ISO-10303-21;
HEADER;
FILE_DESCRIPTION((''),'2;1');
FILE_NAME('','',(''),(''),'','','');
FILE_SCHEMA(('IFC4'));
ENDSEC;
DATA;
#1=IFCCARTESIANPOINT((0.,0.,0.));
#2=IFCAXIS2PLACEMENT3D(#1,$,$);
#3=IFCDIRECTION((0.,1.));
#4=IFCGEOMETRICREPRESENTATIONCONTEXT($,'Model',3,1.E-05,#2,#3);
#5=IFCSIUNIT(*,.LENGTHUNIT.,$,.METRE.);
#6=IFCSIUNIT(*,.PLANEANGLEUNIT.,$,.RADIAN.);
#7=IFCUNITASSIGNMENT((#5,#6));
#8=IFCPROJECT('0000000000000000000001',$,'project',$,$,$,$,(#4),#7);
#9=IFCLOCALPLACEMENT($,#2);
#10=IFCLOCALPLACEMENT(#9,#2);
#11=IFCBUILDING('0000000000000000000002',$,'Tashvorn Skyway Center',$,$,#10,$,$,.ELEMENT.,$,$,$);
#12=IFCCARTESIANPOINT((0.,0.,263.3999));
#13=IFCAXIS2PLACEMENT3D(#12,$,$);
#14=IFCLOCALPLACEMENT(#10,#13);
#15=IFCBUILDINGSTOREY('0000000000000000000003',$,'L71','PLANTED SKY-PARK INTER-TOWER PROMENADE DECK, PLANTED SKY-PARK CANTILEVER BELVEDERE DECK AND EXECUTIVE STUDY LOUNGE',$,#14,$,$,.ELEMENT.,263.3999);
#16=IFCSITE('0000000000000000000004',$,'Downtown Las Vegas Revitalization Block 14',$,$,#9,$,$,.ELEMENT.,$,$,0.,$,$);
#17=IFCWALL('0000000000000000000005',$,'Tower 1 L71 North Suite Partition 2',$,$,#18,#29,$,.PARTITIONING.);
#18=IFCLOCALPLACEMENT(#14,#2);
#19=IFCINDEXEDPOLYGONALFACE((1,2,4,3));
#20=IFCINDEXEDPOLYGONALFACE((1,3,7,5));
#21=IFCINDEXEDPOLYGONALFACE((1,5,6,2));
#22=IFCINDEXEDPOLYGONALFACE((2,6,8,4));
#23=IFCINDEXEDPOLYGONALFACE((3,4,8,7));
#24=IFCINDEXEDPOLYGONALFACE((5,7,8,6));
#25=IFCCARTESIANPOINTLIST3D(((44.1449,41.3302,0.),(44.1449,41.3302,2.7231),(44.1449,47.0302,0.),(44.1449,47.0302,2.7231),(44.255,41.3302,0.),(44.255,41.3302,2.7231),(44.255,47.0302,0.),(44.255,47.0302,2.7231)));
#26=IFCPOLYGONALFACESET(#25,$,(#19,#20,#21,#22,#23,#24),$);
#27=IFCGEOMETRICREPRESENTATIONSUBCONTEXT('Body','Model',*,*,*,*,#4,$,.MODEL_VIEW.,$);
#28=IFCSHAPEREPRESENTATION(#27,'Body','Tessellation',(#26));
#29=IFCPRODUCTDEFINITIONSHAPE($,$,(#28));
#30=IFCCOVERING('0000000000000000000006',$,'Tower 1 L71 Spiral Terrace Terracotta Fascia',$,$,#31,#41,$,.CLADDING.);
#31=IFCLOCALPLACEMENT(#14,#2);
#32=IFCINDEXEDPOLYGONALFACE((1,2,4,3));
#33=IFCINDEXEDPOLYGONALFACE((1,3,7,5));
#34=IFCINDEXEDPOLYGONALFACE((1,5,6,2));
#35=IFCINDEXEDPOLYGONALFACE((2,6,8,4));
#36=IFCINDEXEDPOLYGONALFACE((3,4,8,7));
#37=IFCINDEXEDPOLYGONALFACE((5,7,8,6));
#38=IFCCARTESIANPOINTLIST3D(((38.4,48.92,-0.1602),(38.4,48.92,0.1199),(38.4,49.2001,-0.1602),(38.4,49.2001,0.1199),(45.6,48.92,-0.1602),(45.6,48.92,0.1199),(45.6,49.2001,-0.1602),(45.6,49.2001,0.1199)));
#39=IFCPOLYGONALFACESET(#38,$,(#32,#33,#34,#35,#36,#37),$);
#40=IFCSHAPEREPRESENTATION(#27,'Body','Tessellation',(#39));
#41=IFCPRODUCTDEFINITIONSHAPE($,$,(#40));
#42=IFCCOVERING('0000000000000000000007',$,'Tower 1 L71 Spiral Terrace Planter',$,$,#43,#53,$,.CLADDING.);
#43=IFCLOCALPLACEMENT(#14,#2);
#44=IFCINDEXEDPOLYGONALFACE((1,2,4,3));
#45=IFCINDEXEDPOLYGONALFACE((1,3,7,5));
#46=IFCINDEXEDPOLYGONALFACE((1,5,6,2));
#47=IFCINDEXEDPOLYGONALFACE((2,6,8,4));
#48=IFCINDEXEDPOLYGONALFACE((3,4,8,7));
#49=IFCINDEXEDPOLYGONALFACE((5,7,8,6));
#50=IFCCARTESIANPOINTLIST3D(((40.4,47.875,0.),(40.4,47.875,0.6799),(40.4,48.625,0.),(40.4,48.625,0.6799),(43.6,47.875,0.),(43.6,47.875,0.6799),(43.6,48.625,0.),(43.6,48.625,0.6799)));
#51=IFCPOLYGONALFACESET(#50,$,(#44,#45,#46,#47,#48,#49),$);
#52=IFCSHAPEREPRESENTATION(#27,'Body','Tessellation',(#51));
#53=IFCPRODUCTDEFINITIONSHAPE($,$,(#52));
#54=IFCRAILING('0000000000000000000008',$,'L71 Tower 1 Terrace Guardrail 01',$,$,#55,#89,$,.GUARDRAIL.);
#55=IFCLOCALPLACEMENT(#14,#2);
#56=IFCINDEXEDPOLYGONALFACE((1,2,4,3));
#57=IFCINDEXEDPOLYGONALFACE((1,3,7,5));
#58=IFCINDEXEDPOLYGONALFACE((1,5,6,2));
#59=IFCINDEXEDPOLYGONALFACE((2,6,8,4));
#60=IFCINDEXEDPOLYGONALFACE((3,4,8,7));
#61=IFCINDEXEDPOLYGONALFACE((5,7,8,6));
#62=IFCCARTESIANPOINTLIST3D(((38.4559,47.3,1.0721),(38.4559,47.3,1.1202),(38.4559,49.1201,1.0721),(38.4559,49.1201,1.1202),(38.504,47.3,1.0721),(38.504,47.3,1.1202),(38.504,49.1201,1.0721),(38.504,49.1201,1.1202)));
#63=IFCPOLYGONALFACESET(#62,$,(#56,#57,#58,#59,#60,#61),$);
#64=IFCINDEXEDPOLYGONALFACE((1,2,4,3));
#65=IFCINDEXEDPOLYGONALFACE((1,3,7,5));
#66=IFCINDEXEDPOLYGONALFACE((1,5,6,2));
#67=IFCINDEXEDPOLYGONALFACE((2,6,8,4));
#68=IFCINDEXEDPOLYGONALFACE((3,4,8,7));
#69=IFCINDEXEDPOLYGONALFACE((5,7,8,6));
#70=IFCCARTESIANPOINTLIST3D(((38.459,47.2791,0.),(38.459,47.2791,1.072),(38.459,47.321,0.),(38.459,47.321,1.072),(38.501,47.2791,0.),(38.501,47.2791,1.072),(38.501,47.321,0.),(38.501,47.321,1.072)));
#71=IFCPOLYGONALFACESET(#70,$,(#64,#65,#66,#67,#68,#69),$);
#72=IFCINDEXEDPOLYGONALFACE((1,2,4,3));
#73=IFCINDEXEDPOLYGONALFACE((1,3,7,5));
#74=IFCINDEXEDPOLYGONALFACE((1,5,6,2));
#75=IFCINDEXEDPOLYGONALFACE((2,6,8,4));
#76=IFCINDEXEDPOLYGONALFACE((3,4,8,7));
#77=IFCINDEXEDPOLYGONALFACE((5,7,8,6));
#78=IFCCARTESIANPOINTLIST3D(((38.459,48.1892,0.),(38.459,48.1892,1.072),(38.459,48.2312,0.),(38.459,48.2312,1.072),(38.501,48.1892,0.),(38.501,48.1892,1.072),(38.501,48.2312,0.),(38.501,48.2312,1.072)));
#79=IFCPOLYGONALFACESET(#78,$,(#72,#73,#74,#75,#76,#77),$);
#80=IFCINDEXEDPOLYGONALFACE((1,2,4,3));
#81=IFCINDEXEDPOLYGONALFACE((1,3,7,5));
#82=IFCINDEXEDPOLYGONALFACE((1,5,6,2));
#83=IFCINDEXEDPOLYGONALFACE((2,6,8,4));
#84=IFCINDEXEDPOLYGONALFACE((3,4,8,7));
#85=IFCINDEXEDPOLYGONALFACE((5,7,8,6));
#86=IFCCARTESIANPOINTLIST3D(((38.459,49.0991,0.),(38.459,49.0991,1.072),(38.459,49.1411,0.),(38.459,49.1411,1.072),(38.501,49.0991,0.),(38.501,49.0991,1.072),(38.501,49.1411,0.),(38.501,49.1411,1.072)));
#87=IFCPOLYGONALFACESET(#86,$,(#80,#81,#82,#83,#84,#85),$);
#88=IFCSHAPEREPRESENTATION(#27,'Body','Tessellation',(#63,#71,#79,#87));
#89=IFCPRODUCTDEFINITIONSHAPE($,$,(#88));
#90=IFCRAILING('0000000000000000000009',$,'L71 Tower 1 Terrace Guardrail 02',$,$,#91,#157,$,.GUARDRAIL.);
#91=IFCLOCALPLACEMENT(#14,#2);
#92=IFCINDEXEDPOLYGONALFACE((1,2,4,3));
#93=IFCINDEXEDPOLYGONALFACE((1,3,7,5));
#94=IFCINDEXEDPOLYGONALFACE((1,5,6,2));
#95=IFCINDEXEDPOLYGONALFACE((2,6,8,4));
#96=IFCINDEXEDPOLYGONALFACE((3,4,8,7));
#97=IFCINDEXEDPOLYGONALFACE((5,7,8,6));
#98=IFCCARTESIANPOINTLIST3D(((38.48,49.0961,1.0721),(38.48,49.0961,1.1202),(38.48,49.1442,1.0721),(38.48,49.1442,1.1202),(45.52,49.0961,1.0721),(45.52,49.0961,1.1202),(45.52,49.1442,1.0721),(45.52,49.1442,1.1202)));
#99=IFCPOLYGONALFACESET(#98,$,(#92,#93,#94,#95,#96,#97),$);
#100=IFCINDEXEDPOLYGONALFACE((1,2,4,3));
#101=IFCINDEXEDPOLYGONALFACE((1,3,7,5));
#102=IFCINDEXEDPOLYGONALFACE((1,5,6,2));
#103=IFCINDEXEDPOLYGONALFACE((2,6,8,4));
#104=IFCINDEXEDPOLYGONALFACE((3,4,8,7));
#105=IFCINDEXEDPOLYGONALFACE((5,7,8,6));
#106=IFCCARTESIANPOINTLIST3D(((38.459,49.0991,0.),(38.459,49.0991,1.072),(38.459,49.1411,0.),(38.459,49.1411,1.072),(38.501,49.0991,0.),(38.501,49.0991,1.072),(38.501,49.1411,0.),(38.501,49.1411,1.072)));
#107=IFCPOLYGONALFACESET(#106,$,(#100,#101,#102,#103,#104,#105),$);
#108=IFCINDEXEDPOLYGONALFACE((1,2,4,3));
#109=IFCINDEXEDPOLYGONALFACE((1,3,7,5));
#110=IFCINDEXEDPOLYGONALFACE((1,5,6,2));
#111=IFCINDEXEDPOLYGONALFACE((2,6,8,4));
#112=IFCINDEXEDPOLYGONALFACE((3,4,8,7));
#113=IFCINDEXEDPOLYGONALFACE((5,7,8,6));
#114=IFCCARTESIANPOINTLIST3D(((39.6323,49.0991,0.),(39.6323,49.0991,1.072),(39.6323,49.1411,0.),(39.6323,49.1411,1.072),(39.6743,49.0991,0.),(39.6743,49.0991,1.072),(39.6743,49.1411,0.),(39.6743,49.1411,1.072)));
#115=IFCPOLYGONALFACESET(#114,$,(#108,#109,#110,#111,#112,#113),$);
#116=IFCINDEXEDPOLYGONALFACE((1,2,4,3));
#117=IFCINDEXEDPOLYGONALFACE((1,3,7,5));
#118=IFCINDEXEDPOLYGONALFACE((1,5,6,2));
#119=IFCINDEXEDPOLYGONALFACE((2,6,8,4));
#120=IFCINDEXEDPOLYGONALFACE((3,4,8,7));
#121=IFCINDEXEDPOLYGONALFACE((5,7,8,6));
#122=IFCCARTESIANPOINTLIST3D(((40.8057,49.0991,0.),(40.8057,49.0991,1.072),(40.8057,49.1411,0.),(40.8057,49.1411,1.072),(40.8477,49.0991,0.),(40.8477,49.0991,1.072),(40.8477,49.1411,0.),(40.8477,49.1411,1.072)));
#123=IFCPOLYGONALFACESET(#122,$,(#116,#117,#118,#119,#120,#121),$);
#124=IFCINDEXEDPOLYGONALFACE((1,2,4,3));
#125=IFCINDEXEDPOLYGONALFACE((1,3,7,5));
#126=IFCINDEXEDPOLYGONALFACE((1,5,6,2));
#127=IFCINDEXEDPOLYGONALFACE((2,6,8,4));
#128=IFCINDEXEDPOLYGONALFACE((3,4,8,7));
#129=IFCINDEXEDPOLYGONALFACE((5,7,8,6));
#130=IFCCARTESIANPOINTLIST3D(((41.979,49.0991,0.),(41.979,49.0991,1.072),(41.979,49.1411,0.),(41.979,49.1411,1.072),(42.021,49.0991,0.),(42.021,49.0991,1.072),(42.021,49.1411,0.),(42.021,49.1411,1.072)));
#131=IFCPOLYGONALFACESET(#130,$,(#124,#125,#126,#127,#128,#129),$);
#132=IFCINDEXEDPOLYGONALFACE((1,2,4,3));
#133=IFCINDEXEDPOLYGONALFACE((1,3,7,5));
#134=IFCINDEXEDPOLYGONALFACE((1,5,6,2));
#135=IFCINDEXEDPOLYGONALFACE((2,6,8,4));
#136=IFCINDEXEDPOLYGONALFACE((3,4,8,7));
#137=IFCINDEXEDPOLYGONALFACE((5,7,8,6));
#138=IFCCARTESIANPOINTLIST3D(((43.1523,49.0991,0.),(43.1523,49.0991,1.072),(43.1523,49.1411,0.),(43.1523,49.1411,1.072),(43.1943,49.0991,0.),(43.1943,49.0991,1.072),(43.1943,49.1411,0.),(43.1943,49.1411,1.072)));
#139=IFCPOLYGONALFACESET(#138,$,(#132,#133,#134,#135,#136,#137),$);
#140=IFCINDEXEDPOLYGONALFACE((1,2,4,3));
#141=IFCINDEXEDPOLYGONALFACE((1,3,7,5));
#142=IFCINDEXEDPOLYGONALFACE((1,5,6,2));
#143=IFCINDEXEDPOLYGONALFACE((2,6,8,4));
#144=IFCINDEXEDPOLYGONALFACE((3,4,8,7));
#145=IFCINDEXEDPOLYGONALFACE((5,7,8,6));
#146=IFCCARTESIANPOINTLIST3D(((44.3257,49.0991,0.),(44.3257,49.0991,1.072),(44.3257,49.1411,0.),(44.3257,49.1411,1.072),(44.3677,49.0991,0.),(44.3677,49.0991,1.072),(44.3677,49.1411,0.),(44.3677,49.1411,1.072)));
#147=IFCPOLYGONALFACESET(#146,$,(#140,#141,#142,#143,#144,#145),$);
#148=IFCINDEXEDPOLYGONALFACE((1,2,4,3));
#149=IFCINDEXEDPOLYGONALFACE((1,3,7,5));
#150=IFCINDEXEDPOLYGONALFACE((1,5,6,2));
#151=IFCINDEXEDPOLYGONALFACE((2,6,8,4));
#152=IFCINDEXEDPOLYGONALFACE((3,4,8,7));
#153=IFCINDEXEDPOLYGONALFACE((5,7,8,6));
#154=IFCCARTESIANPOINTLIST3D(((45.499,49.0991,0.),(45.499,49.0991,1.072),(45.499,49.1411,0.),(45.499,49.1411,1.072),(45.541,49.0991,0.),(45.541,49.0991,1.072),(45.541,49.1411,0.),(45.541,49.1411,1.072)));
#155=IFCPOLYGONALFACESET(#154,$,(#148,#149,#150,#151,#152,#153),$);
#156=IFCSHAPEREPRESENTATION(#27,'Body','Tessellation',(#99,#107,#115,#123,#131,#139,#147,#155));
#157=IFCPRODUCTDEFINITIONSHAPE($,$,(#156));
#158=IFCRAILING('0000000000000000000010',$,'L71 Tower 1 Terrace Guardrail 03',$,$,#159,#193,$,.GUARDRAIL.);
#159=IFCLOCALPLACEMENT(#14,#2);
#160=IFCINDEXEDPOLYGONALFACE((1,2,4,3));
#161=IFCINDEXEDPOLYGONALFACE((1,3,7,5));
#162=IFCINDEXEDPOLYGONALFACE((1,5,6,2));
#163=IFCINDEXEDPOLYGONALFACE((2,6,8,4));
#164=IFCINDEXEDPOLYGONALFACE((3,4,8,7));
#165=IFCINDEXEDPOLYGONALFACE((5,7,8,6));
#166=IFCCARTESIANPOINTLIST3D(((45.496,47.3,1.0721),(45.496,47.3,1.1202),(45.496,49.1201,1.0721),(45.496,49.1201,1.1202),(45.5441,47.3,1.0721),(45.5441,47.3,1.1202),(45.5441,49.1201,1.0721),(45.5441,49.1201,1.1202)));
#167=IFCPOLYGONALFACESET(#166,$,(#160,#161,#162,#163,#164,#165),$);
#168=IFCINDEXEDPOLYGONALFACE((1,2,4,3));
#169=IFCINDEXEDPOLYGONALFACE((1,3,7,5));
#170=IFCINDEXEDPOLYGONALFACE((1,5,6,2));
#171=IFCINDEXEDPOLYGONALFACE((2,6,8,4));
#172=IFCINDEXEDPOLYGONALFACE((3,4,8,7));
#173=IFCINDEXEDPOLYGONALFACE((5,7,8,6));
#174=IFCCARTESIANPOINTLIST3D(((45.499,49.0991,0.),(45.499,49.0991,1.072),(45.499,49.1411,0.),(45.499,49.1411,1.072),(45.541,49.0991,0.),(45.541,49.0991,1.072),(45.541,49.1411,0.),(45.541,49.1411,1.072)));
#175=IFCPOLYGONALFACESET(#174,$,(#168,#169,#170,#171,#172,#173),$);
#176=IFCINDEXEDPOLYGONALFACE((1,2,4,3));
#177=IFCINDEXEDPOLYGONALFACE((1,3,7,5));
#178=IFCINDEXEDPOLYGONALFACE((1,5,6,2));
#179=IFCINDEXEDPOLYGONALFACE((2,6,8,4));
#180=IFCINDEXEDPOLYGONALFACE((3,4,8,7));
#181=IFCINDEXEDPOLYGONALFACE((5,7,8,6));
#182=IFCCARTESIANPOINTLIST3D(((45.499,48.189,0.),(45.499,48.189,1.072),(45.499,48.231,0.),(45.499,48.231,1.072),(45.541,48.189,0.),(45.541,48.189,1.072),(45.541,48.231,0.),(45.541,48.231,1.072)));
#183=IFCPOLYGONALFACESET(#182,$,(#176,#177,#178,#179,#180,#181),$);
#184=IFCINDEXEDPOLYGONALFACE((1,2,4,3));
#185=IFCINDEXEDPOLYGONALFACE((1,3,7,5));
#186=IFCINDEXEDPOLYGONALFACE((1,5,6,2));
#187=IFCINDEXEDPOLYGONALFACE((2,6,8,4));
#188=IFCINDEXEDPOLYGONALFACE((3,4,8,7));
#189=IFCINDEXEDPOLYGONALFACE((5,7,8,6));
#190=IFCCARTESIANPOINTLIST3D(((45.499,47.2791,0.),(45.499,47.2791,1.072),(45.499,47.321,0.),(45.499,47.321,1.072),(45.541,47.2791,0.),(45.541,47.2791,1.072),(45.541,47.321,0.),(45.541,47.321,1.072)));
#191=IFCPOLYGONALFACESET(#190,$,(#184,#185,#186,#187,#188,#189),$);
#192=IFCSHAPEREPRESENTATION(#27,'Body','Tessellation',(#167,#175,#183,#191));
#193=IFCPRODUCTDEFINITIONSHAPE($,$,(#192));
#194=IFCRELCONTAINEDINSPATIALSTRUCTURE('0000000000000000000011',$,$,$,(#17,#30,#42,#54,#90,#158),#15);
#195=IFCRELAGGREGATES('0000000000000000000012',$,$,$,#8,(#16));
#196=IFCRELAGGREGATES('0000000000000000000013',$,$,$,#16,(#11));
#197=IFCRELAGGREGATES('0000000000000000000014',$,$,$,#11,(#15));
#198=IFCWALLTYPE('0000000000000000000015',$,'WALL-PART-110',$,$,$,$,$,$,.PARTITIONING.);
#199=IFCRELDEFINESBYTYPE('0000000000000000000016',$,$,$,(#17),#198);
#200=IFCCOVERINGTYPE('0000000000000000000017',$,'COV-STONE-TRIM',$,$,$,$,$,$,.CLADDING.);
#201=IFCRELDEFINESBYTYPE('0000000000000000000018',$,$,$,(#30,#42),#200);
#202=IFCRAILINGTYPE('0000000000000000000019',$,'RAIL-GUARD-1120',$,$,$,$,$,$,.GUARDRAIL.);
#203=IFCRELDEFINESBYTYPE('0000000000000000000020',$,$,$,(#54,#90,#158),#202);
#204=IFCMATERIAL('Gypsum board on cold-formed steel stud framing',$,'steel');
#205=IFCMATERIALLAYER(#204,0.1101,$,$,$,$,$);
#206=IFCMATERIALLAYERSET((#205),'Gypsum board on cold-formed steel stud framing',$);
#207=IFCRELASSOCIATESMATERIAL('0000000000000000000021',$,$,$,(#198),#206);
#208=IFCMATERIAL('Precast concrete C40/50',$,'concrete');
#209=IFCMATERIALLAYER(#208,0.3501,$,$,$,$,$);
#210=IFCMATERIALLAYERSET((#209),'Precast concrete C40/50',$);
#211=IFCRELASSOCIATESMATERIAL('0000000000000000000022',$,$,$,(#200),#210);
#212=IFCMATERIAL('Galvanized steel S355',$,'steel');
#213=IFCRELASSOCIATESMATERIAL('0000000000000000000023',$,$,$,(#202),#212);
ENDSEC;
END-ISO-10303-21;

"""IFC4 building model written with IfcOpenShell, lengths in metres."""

from ifc_helpers import new_model, si_unit, direction, frame, frame_2d, origin, origin_2d, place, context, subcontext, project, spatial, rectangle, extrude, material, layer, layer_set, type_object, element, save


model = new_model("IFC4")

# Units and contexts
model_context = context("Model", 3, precision=1e-05, world=origin(), true_north=direction((0.0, 1.0)))
body_context = subcontext(model_context, "Body", "Model", "MODEL_VIEW")
ifc_project = project(units=[si_unit("LENGTHUNIT", "METRE"), si_unit("PLANEANGLEUNIT", "RADIAN")], contexts=[model_context])

# Site, building, storey
site_placement = place(None, origin())
site = spatial("IfcSite", under=ifc_project, at=site_placement, Name="Downtown Las Vegas Revitalization Block 14", CompositionType="ELEMENT", RefElevation=0.0)
building_placement = place(site_placement, origin())
building = spatial("IfcBuilding", under=site, at=building_placement, Name="Tashvorn Skyway Center", CompositionType="ELEMENT")
storey_placement = place(building_placement, frame((0.0, 0.0, 263.3999)))
storey = spatial("IfcBuildingStorey", under=building, at=storey_placement, Name="L71", Description="PLANTED SKY-PARK INTER-TOWER PROMENADE DECK, PLANTED SKY-PARK CANTILEVER BELVEDERE DECK AND EXECUTIVE STUDY LOUNGE", CompositionType="ELEMENT", Elevation=263.3999)

# Shared definitions
ifc_material_1 = material(Name="Precast concrete C40/50", Category="concrete")

# Wall
ifc_material_2 = material(Name="Gypsum board on cold-formed steel stud framing", Category="steel")
ifc_layer_1 = layer(ifc_material_2, 0.1101)
ifc_layer_set_1 = layer_set([ifc_layer_1], Name="Gypsum board on cold-formed steel stud framing")
wall_type_1 = type_object("IfcWallType", Name="WALL-PART-110", PredefinedType="PARTITIONING", material=ifc_layer_set_1)
for number, where, z_axis, x_axis, name in (
    (1, (44.2, 41.3301, 0.0), (0.0, 0.0, 1.0), (0.0, 1.0, 0.0), "Tower 1 L71 North Suite Partition 2"),
):
    element("IfcWall", number, at=place(storey_placement, frame(where, z_axis=z_axis, x_axis=x_axis)), inside=storey, type_object=wall_type_1, Name=name, PredefinedType="PARTITIONING", context=body_context, shape_type="SweptSolid", body=[
        extrude(rectangle(XDim=5.7, YDim=0.1101, at=frame_2d((2.8501, 0.0))), origin(), (0.0, 0.0, 1.0), 2.7231),
    ])

# Coverings
ifc_layer_2 = layer(ifc_material_1, 0.3501)
ifc_layer_set_2 = layer_set([ifc_layer_2], Name="Precast concrete C40/50")
covering_type = type_object("IfcCoveringType", Name="COV-STONE-TRIM", PredefinedType="CLADDING", material=ifc_layer_set_2)
covering_1_placement = place(storey_placement, frame((42.0, 49.0601, -0.1602), z_axis=(0.0, 0.0, 1.0), x_axis=(1.0, 0.0, 0.0)))
element("IfcCovering", 2, at=covering_1_placement, inside=storey, type_object=covering_type, Name="Tower 1 L71 Spiral Terrace Terracotta Fascia", PredefinedType="CLADDING", context=body_context, shape_type="SweptSolid", body=[
    extrude(rectangle(XDim=7.2, YDim=0.28, at=origin_2d()), origin(), (0.0, 0.0, 1.0), 0.28),
])
covering_2_placement = place(storey_placement, frame((42.0, 48.25, 0.0), z_axis=(0.0, 0.0, 1.0), x_axis=(1.0, 0.0, 0.0)))
element("IfcCovering", 3, at=covering_2_placement, inside=storey, type_object=covering_type, Name="Tower 1 L71 Spiral Terrace Planter", PredefinedType="CLADDING", context=body_context, shape_type="SweptSolid", body=[
    extrude(rectangle(XDim=3.2, YDim=0.75, at=origin_2d()), origin(), (0.0, 0.0, 1.0), 0.6799),
])

# Railings
ifc_material_3 = material(Name="Galvanized steel S355", Category="steel")
railing_type = type_object("IfcRailingType", Name="RAIL-GUARD-1120", PredefinedType="GUARDRAIL", material=ifc_material_3)
railing_1_placement = place(storey_placement, frame((38.48, 47.3, 0.0)))
element("IfcRailing", 4, at=railing_1_placement, inside=storey, type_object=railing_type, Name="L71 Tower 1 Terrace Guardrail 01", PredefinedType="GUARDRAIL", context=body_context, shape_type="SweptSolid", body=[
    extrude(rectangle(XDim=0.0481, YDim=0.0481, at=origin_2d()), frame((0.0, 0.0, 1.0962), z_axis=(0.0, 1.0, 0.0), x_axis=(-1.0, 0.0, 0.0)), (0.0, 0.0, 1.0), 1.8201),
    extrude(rectangle(XDim=0.042, YDim=0.042, at=origin_2d()), origin(), (0.0, 0.0, 1.0), 1.072),
    extrude(rectangle(XDim=0.042, YDim=0.042, at=origin_2d()), frame((0.0, 0.9102, 0.0)), (0.0, 0.0, 1.0), 1.072),
    extrude(rectangle(XDim=0.042, YDim=0.042, at=origin_2d()), frame((0.0, 1.8201, 0.0)), (0.0, 0.0, 1.0), 1.072),
])
railing_2_placement = place(storey_placement, frame((38.48, 49.1201, 0.0)))
element("IfcRailing", 5, at=railing_2_placement, inside=storey, type_object=railing_type, Name="L71 Tower 1 Terrace Guardrail 02", PredefinedType="GUARDRAIL", context=body_context, shape_type="SweptSolid", body=[
    extrude(rectangle(XDim=0.0481, YDim=0.0481, at=origin_2d()), frame((0.0, 0.0, 1.0962), z_axis=(1.0, 0.0, 0.0), x_axis=(0.0, 1.0, 0.0)), (0.0, 0.0, 1.0), 7.04),
    extrude(rectangle(XDim=0.042, YDim=0.042, at=origin_2d()), origin(), (0.0, 0.0, 1.0), 1.072),
    extrude(rectangle(XDim=0.042, YDim=0.042, at=origin_2d()), frame((1.1733, 0.0, 0.0)), (0.0, 0.0, 1.0), 1.072),
    extrude(rectangle(XDim=0.042, YDim=0.042, at=origin_2d()), frame((2.3467, 0.0, 0.0)), (0.0, 0.0, 1.0), 1.072),
    extrude(rectangle(XDim=0.042, YDim=0.042, at=origin_2d()), frame((3.52, 0.0, 0.0)), (0.0, 0.0, 1.0), 1.072),
    extrude(rectangle(XDim=0.042, YDim=0.042, at=origin_2d()), frame((4.6934, 0.0, 0.0)), (0.0, 0.0, 1.0), 1.072),
    extrude(rectangle(XDim=0.042, YDim=0.042, at=origin_2d()), frame((5.8667, 0.0, 0.0)), (0.0, 0.0, 1.0), 1.072),
    extrude(rectangle(XDim=0.042, YDim=0.042, at=origin_2d()), frame((7.04, 0.0, 0.0)), (0.0, 0.0, 1.0), 1.072),
])
railing_3_placement = place(storey_placement, frame((45.52, 49.1201, 0.0)))
element("IfcRailing", 6, at=railing_3_placement, inside=storey, type_object=railing_type, Name="L71 Tower 1 Terrace Guardrail 03", PredefinedType="GUARDRAIL", context=body_context, shape_type="SweptSolid", body=[
    extrude(rectangle(XDim=0.0481, YDim=0.0481, at=origin_2d()), frame((0.0, 0.0, 1.0962), z_axis=(0.0, -1.0, 0.0), x_axis=(1.0, 0.0, 0.0)), (0.0, 0.0, 1.0), 1.8201),
    extrude(rectangle(XDim=0.042, YDim=0.042, at=origin_2d()), origin(), (0.0, 0.0, 1.0), 1.072),
    extrude(rectangle(XDim=0.042, YDim=0.042, at=origin_2d()), frame((0.0, -0.9102, 0.0)), (0.0, 0.0, 1.0), 1.072),
    extrude(rectangle(XDim=0.042, YDim=0.042, at=origin_2d()), frame((0.0, -1.8201, 0.0)), (0.0, 0.0, 1.0), 1.072),
])

save(model, "model.ifc")
